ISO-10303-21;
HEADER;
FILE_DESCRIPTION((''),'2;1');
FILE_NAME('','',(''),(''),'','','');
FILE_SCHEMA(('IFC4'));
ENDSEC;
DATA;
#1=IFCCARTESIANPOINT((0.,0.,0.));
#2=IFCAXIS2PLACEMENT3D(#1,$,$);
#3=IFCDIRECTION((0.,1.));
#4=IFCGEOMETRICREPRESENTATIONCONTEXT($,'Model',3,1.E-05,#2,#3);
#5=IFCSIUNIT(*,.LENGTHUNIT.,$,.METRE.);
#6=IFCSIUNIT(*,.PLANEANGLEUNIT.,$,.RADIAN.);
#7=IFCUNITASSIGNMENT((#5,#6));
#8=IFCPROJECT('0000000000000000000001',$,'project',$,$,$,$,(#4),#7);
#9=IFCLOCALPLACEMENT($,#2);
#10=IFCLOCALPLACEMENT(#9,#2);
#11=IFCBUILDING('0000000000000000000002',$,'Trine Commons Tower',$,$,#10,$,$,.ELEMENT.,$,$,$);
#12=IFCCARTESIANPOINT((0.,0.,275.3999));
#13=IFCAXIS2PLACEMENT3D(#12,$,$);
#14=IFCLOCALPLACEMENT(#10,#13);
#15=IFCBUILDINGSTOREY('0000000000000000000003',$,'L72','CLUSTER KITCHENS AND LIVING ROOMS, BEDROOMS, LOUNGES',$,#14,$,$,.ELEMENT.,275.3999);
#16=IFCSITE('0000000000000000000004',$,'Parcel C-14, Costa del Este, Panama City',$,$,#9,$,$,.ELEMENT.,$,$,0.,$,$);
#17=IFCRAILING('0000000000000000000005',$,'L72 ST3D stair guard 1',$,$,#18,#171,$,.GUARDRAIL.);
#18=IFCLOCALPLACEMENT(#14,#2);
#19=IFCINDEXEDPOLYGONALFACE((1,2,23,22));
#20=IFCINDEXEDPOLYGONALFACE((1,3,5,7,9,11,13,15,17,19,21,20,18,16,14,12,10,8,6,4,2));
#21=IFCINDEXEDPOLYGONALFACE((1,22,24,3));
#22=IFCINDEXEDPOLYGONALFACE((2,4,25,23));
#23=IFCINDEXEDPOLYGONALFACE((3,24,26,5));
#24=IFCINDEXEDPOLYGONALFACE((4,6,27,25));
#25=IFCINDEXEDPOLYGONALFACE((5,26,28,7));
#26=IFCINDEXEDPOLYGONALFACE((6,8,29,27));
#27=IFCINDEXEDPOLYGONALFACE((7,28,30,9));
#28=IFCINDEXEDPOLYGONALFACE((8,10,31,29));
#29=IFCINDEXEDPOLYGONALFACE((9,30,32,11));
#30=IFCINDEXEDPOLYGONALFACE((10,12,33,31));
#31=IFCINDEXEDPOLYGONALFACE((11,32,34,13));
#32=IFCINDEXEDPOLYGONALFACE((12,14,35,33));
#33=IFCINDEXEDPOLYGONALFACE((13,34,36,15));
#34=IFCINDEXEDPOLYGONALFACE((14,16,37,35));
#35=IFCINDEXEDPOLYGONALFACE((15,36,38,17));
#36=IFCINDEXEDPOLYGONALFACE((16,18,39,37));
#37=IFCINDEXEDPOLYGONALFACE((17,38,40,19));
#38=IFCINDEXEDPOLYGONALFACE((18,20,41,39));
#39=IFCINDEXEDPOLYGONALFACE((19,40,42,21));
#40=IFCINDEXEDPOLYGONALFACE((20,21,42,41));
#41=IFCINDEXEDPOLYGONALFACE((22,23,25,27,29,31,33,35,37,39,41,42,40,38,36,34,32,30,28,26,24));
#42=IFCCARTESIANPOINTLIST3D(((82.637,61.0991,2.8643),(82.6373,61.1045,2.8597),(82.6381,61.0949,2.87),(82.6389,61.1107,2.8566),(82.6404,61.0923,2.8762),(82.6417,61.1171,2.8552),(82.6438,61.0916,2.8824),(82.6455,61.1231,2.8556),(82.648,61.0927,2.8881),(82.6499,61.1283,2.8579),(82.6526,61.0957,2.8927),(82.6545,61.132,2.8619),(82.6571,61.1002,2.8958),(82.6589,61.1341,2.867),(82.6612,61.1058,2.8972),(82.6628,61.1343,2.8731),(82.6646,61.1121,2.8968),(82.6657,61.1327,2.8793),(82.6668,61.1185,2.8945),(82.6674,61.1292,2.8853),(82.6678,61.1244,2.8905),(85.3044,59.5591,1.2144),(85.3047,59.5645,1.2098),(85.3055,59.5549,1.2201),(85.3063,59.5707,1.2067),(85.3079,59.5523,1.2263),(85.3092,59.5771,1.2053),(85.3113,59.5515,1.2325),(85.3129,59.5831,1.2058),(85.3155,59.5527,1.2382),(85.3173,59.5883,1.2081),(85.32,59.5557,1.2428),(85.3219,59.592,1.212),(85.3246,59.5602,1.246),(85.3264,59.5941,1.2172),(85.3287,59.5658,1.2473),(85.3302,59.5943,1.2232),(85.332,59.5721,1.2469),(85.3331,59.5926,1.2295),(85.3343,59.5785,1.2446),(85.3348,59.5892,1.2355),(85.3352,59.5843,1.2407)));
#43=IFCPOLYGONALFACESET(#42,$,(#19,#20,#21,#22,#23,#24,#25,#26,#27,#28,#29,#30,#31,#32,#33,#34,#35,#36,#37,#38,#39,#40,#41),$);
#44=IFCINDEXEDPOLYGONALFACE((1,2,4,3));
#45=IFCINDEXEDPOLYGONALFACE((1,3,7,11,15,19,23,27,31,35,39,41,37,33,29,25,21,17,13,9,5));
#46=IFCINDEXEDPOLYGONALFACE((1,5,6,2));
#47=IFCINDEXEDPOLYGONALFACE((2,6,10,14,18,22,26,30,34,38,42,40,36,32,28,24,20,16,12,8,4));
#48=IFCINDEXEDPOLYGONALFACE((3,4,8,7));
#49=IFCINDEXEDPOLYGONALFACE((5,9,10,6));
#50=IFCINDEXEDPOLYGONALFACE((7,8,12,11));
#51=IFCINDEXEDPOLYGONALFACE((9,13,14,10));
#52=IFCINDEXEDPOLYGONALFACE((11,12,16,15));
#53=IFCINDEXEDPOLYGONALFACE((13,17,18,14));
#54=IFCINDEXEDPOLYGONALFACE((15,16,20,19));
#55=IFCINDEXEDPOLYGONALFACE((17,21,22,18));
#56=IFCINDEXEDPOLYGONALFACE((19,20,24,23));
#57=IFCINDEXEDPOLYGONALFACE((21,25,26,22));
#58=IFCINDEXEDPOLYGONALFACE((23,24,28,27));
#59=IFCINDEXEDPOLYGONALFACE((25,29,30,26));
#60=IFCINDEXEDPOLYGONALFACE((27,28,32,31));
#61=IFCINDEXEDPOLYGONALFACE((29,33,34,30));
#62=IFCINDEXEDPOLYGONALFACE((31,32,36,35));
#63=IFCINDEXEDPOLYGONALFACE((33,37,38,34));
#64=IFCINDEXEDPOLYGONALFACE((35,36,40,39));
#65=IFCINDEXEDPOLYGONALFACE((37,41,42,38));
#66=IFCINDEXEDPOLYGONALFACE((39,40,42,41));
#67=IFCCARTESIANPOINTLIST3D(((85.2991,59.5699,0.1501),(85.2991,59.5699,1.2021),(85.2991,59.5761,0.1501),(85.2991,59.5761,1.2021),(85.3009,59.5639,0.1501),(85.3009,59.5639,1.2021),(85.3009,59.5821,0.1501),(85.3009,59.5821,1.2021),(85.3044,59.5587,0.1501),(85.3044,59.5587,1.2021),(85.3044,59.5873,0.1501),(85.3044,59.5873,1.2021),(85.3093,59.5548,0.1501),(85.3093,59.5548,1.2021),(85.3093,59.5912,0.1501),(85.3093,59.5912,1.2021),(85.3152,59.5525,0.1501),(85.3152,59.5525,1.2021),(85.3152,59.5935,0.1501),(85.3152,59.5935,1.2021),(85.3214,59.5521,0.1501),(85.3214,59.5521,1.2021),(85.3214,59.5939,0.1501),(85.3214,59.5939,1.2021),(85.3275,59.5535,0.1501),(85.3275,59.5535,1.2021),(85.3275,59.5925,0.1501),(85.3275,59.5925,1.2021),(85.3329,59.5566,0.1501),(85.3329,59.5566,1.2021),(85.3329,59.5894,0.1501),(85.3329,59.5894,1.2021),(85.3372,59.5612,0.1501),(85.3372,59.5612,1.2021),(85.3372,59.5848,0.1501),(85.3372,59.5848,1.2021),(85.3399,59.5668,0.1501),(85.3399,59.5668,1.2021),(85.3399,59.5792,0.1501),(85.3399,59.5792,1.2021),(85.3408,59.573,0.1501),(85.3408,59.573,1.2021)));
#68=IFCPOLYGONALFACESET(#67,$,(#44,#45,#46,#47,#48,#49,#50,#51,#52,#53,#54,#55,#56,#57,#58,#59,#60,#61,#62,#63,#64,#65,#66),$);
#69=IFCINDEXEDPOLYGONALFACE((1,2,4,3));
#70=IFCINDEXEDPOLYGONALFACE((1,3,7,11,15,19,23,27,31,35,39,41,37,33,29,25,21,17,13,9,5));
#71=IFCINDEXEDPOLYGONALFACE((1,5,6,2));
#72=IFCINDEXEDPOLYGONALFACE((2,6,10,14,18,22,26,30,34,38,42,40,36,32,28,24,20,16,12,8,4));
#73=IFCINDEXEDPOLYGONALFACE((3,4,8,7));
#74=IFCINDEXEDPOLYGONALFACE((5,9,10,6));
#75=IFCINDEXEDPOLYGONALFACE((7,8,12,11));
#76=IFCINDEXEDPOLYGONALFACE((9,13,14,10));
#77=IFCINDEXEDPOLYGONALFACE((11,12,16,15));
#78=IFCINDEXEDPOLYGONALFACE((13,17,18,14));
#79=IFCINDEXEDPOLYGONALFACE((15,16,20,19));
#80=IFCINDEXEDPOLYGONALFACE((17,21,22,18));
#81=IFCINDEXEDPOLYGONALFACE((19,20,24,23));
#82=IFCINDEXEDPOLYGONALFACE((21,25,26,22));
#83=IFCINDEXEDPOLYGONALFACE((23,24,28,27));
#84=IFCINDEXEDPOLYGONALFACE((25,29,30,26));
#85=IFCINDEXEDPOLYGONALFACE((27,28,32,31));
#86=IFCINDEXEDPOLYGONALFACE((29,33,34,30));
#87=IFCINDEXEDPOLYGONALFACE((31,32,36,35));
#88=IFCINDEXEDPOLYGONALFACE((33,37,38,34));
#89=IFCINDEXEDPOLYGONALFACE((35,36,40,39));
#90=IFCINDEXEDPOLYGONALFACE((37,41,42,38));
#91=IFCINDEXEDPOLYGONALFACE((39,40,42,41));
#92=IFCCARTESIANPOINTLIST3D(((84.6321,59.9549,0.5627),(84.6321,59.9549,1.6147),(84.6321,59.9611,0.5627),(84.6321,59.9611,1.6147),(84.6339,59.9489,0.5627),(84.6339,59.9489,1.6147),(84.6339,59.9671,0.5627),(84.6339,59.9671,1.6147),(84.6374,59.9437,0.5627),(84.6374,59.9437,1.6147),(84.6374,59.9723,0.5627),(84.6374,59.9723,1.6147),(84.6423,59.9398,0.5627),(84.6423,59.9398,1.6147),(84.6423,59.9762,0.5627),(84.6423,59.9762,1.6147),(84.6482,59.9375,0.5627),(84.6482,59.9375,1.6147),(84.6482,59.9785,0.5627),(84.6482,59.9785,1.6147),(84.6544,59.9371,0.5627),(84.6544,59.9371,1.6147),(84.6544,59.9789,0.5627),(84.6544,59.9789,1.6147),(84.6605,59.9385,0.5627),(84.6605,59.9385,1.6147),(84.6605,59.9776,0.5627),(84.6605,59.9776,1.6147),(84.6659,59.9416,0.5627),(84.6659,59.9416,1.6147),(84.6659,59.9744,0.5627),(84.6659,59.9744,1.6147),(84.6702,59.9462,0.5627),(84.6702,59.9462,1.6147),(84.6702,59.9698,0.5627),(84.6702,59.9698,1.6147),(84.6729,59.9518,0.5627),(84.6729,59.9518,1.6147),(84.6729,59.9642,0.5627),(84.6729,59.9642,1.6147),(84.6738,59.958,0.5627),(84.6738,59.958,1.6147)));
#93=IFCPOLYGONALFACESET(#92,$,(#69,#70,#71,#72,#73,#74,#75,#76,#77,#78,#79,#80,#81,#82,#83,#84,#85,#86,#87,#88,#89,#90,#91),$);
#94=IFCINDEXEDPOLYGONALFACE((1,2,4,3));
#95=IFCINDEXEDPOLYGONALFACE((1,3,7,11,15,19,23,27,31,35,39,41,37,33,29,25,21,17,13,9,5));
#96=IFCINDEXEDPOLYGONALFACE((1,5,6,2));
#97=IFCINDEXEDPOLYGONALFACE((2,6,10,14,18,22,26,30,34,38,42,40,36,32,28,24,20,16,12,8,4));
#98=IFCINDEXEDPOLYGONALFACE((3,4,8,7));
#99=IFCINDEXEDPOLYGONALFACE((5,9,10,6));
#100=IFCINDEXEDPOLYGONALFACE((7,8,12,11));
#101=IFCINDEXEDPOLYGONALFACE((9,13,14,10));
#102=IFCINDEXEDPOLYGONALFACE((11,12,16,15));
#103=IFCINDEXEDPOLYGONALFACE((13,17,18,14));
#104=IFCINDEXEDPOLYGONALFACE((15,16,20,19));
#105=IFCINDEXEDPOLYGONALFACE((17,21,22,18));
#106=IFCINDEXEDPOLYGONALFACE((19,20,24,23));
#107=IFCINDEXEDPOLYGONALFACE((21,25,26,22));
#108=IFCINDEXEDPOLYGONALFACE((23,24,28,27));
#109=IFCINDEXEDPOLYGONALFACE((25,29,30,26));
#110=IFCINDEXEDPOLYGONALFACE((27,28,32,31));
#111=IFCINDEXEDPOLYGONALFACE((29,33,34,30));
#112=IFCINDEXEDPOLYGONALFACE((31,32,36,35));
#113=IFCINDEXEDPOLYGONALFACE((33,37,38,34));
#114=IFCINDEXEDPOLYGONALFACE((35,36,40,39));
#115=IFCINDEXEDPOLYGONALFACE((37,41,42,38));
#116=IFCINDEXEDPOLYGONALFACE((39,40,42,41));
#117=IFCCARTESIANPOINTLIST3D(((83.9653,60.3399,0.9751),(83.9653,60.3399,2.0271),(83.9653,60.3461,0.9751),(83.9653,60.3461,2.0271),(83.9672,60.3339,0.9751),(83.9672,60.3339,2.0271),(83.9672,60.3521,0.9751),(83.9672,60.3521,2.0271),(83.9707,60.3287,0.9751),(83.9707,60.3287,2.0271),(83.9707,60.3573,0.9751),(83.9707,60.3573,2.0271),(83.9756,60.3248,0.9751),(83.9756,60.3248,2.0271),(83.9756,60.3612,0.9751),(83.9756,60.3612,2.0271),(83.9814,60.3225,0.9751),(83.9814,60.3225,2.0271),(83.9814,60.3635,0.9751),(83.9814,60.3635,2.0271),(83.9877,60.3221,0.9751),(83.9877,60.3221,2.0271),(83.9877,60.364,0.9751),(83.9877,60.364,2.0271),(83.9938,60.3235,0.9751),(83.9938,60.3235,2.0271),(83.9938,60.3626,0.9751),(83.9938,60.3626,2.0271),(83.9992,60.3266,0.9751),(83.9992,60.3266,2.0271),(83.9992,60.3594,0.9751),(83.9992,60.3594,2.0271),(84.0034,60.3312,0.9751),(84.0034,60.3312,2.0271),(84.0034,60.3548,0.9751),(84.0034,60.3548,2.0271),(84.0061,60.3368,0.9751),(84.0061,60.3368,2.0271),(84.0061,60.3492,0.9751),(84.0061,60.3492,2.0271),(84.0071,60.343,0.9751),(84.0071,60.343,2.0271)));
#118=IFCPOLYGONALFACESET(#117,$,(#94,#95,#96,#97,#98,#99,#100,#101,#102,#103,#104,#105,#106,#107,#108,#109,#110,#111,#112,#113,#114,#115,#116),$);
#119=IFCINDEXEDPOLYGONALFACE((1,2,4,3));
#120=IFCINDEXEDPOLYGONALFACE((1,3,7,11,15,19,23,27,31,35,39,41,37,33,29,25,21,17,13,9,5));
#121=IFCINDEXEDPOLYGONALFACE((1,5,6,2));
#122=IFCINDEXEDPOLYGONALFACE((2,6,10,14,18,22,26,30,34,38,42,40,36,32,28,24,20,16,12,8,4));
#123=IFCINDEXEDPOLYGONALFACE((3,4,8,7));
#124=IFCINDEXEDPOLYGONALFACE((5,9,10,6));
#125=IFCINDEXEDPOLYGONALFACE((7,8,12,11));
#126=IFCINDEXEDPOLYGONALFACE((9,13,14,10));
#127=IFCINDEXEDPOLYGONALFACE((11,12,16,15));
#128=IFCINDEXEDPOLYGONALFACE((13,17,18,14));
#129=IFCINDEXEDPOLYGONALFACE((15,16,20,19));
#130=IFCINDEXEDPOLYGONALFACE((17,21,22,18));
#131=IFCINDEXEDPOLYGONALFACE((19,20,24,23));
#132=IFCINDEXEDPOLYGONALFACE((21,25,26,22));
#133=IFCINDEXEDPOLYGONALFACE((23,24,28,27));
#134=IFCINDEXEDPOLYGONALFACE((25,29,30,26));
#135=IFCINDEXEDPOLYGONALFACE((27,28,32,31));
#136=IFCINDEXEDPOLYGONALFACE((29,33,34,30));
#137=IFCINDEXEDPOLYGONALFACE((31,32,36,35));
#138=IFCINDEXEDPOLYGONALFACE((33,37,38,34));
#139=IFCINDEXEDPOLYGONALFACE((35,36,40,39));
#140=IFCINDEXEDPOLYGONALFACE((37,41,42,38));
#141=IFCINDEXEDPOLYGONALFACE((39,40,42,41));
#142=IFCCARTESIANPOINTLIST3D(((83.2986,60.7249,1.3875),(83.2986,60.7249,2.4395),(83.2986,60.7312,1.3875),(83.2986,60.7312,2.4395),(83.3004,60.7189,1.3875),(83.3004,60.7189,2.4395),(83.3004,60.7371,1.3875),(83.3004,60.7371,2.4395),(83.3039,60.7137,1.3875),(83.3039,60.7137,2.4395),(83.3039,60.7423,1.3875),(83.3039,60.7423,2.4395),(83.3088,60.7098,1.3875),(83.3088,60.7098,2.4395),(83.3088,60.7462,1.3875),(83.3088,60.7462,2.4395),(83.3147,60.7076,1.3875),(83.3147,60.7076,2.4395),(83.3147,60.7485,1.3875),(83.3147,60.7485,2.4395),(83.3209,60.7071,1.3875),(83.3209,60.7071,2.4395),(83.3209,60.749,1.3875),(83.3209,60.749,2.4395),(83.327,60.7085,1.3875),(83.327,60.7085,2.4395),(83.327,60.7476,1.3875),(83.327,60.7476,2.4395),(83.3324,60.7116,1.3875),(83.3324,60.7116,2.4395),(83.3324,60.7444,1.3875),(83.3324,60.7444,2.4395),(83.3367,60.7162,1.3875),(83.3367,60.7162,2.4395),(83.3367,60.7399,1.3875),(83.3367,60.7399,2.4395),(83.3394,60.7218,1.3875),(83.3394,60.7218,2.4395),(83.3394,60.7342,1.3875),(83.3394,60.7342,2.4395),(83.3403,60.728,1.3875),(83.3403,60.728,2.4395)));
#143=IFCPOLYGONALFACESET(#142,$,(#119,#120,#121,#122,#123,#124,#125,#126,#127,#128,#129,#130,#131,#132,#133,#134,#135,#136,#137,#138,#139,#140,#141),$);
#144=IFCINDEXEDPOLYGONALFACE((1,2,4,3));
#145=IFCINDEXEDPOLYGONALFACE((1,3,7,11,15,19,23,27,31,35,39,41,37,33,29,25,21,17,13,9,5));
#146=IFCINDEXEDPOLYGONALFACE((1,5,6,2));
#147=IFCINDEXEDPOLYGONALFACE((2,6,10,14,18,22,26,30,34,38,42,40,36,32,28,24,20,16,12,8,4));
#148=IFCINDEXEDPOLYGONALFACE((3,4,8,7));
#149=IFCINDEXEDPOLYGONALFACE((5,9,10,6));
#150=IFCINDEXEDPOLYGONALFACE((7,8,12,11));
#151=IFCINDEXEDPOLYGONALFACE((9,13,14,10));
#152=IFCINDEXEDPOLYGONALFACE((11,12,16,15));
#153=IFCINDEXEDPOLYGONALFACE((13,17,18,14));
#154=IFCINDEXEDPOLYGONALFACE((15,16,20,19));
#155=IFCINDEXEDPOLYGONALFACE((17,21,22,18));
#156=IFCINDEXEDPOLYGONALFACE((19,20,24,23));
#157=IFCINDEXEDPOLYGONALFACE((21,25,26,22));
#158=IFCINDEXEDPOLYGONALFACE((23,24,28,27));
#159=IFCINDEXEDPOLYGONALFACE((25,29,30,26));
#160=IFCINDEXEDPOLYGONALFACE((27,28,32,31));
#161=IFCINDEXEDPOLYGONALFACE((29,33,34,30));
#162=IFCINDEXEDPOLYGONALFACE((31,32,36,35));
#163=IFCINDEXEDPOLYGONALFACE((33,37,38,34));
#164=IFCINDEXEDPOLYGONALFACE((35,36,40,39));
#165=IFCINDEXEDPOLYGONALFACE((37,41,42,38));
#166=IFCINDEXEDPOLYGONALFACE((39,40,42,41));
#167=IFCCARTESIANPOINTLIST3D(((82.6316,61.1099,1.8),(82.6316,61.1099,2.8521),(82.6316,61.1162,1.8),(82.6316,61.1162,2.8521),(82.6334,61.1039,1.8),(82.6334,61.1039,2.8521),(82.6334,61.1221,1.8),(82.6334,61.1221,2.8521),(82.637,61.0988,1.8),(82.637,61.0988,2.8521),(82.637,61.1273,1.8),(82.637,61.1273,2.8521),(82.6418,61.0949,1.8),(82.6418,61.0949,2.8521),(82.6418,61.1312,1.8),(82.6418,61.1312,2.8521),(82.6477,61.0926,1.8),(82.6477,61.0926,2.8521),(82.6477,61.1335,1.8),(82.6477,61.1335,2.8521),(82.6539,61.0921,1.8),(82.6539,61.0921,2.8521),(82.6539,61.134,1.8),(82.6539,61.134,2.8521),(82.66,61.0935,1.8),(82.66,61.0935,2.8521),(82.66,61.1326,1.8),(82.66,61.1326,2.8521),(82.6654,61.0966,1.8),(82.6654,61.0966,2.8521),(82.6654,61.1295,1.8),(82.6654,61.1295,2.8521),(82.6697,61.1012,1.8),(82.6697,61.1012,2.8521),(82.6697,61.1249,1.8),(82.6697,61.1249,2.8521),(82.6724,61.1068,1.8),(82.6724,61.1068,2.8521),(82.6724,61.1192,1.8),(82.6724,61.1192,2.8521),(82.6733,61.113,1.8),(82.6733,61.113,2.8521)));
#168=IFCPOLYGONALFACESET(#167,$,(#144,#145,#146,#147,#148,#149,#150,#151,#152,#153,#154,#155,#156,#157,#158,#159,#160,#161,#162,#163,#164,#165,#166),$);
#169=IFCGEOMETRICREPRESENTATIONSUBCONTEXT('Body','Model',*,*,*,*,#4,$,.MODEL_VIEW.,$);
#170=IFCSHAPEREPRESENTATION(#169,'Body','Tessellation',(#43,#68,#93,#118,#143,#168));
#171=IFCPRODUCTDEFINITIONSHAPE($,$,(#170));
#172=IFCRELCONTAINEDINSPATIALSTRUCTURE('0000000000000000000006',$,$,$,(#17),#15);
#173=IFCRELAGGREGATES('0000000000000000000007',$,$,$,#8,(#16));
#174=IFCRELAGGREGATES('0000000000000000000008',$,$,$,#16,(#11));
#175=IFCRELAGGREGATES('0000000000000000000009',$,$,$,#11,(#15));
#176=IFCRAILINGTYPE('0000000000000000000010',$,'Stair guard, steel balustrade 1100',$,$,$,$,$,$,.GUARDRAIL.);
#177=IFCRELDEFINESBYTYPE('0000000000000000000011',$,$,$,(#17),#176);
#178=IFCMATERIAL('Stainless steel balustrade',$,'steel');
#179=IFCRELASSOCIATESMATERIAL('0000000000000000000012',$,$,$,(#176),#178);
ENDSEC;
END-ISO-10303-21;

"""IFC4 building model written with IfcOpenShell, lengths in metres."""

from ifc_helpers import new_model, si_unit, direction, frame, origin, origin_2d, place, context, subcontext, project, spatial, circle, extrude, material, type_object, element, save


model = new_model("IFC4")

# Units and contexts
model_context = context("Model", 3, precision=1e-05, world=origin(), true_north=direction((0.0, 1.0)))
body_context = subcontext(model_context, "Body", "Model", "MODEL_VIEW")
ifc_project = project(units=[si_unit("LENGTHUNIT", "METRE"), si_unit("PLANEANGLEUNIT", "RADIAN")], contexts=[model_context])

# Site, building, storey
site_placement = place(None, origin())
site = spatial("IfcSite", under=ifc_project, at=site_placement, Name="Parcel C-14, Costa del Este, Panama City", CompositionType="ELEMENT", RefElevation=0.0)
building_placement = place(site_placement, origin())
building = spatial("IfcBuilding", under=site, at=building_placement, Name="Trine Commons Tower", CompositionType="ELEMENT")
storey_placement = place(building_placement, frame((0.0, 0.0, 275.3999)))
storey = spatial("IfcBuildingStorey", under=building, at=storey_placement, Name="L72", Description="CLUSTER KITCHENS AND LIVING ROOMS, BEDROOMS, LOUNGES", CompositionType="ELEMENT", Elevation=275.3999)

# Railing
ifc_material_1 = material(Name="Stainless steel balustrade", Category="steel")
railing_type_1 = type_object("IfcRailingType", Name="Stair guard, steel balustrade 1100", PredefinedType="GUARDRAIL", material=ifc_material_1)
railing_1_placement = place(storey_placement, frame((85.3198, 59.573, 0.1501)))
element("IfcRailing", 1, at=railing_1_placement, inside=storey, type_object=railing_type_1, Name="L72 ST3D stair guard 1", PredefinedType="GUARDRAIL", context=body_context, shape_type="SweptSolid", body=[
    extrude(circle(Radius=0.0239, at=origin_2d()), frame((0.0, 0.0, 1.0762), z_axis=(-0.763405, 0.440743, 0.472185), x_axis=(-0.499992, -0.86603, 0.0)), (0.0, 0.0, 1.0), 3.4941),
    extrude(circle(Radius=0.021, at=origin_2d()), origin(), (0.0, 0.0, 1.0), 1.052),
    extrude(circle(Radius=0.021, at=origin_2d()), frame((-0.667, 0.385, 0.4126)), (0.0, 0.0, 1.0), 1.052),
    extrude(circle(Radius=0.021, at=origin_2d()), frame((-1.3337, 0.77, 0.825)), (0.0, 0.0, 1.0), 1.052),
    extrude(circle(Radius=0.021, at=origin_2d()), frame((-2.0005, 1.155, 1.2373)), (0.0, 0.0, 1.0), 1.052),
    extrude(circle(Radius=0.021, at=origin_2d()), frame((-2.6675, 1.54, 1.6499)), (0.0, 0.0, 1.0), 1.052),
])

save(model, "model.ifc")
